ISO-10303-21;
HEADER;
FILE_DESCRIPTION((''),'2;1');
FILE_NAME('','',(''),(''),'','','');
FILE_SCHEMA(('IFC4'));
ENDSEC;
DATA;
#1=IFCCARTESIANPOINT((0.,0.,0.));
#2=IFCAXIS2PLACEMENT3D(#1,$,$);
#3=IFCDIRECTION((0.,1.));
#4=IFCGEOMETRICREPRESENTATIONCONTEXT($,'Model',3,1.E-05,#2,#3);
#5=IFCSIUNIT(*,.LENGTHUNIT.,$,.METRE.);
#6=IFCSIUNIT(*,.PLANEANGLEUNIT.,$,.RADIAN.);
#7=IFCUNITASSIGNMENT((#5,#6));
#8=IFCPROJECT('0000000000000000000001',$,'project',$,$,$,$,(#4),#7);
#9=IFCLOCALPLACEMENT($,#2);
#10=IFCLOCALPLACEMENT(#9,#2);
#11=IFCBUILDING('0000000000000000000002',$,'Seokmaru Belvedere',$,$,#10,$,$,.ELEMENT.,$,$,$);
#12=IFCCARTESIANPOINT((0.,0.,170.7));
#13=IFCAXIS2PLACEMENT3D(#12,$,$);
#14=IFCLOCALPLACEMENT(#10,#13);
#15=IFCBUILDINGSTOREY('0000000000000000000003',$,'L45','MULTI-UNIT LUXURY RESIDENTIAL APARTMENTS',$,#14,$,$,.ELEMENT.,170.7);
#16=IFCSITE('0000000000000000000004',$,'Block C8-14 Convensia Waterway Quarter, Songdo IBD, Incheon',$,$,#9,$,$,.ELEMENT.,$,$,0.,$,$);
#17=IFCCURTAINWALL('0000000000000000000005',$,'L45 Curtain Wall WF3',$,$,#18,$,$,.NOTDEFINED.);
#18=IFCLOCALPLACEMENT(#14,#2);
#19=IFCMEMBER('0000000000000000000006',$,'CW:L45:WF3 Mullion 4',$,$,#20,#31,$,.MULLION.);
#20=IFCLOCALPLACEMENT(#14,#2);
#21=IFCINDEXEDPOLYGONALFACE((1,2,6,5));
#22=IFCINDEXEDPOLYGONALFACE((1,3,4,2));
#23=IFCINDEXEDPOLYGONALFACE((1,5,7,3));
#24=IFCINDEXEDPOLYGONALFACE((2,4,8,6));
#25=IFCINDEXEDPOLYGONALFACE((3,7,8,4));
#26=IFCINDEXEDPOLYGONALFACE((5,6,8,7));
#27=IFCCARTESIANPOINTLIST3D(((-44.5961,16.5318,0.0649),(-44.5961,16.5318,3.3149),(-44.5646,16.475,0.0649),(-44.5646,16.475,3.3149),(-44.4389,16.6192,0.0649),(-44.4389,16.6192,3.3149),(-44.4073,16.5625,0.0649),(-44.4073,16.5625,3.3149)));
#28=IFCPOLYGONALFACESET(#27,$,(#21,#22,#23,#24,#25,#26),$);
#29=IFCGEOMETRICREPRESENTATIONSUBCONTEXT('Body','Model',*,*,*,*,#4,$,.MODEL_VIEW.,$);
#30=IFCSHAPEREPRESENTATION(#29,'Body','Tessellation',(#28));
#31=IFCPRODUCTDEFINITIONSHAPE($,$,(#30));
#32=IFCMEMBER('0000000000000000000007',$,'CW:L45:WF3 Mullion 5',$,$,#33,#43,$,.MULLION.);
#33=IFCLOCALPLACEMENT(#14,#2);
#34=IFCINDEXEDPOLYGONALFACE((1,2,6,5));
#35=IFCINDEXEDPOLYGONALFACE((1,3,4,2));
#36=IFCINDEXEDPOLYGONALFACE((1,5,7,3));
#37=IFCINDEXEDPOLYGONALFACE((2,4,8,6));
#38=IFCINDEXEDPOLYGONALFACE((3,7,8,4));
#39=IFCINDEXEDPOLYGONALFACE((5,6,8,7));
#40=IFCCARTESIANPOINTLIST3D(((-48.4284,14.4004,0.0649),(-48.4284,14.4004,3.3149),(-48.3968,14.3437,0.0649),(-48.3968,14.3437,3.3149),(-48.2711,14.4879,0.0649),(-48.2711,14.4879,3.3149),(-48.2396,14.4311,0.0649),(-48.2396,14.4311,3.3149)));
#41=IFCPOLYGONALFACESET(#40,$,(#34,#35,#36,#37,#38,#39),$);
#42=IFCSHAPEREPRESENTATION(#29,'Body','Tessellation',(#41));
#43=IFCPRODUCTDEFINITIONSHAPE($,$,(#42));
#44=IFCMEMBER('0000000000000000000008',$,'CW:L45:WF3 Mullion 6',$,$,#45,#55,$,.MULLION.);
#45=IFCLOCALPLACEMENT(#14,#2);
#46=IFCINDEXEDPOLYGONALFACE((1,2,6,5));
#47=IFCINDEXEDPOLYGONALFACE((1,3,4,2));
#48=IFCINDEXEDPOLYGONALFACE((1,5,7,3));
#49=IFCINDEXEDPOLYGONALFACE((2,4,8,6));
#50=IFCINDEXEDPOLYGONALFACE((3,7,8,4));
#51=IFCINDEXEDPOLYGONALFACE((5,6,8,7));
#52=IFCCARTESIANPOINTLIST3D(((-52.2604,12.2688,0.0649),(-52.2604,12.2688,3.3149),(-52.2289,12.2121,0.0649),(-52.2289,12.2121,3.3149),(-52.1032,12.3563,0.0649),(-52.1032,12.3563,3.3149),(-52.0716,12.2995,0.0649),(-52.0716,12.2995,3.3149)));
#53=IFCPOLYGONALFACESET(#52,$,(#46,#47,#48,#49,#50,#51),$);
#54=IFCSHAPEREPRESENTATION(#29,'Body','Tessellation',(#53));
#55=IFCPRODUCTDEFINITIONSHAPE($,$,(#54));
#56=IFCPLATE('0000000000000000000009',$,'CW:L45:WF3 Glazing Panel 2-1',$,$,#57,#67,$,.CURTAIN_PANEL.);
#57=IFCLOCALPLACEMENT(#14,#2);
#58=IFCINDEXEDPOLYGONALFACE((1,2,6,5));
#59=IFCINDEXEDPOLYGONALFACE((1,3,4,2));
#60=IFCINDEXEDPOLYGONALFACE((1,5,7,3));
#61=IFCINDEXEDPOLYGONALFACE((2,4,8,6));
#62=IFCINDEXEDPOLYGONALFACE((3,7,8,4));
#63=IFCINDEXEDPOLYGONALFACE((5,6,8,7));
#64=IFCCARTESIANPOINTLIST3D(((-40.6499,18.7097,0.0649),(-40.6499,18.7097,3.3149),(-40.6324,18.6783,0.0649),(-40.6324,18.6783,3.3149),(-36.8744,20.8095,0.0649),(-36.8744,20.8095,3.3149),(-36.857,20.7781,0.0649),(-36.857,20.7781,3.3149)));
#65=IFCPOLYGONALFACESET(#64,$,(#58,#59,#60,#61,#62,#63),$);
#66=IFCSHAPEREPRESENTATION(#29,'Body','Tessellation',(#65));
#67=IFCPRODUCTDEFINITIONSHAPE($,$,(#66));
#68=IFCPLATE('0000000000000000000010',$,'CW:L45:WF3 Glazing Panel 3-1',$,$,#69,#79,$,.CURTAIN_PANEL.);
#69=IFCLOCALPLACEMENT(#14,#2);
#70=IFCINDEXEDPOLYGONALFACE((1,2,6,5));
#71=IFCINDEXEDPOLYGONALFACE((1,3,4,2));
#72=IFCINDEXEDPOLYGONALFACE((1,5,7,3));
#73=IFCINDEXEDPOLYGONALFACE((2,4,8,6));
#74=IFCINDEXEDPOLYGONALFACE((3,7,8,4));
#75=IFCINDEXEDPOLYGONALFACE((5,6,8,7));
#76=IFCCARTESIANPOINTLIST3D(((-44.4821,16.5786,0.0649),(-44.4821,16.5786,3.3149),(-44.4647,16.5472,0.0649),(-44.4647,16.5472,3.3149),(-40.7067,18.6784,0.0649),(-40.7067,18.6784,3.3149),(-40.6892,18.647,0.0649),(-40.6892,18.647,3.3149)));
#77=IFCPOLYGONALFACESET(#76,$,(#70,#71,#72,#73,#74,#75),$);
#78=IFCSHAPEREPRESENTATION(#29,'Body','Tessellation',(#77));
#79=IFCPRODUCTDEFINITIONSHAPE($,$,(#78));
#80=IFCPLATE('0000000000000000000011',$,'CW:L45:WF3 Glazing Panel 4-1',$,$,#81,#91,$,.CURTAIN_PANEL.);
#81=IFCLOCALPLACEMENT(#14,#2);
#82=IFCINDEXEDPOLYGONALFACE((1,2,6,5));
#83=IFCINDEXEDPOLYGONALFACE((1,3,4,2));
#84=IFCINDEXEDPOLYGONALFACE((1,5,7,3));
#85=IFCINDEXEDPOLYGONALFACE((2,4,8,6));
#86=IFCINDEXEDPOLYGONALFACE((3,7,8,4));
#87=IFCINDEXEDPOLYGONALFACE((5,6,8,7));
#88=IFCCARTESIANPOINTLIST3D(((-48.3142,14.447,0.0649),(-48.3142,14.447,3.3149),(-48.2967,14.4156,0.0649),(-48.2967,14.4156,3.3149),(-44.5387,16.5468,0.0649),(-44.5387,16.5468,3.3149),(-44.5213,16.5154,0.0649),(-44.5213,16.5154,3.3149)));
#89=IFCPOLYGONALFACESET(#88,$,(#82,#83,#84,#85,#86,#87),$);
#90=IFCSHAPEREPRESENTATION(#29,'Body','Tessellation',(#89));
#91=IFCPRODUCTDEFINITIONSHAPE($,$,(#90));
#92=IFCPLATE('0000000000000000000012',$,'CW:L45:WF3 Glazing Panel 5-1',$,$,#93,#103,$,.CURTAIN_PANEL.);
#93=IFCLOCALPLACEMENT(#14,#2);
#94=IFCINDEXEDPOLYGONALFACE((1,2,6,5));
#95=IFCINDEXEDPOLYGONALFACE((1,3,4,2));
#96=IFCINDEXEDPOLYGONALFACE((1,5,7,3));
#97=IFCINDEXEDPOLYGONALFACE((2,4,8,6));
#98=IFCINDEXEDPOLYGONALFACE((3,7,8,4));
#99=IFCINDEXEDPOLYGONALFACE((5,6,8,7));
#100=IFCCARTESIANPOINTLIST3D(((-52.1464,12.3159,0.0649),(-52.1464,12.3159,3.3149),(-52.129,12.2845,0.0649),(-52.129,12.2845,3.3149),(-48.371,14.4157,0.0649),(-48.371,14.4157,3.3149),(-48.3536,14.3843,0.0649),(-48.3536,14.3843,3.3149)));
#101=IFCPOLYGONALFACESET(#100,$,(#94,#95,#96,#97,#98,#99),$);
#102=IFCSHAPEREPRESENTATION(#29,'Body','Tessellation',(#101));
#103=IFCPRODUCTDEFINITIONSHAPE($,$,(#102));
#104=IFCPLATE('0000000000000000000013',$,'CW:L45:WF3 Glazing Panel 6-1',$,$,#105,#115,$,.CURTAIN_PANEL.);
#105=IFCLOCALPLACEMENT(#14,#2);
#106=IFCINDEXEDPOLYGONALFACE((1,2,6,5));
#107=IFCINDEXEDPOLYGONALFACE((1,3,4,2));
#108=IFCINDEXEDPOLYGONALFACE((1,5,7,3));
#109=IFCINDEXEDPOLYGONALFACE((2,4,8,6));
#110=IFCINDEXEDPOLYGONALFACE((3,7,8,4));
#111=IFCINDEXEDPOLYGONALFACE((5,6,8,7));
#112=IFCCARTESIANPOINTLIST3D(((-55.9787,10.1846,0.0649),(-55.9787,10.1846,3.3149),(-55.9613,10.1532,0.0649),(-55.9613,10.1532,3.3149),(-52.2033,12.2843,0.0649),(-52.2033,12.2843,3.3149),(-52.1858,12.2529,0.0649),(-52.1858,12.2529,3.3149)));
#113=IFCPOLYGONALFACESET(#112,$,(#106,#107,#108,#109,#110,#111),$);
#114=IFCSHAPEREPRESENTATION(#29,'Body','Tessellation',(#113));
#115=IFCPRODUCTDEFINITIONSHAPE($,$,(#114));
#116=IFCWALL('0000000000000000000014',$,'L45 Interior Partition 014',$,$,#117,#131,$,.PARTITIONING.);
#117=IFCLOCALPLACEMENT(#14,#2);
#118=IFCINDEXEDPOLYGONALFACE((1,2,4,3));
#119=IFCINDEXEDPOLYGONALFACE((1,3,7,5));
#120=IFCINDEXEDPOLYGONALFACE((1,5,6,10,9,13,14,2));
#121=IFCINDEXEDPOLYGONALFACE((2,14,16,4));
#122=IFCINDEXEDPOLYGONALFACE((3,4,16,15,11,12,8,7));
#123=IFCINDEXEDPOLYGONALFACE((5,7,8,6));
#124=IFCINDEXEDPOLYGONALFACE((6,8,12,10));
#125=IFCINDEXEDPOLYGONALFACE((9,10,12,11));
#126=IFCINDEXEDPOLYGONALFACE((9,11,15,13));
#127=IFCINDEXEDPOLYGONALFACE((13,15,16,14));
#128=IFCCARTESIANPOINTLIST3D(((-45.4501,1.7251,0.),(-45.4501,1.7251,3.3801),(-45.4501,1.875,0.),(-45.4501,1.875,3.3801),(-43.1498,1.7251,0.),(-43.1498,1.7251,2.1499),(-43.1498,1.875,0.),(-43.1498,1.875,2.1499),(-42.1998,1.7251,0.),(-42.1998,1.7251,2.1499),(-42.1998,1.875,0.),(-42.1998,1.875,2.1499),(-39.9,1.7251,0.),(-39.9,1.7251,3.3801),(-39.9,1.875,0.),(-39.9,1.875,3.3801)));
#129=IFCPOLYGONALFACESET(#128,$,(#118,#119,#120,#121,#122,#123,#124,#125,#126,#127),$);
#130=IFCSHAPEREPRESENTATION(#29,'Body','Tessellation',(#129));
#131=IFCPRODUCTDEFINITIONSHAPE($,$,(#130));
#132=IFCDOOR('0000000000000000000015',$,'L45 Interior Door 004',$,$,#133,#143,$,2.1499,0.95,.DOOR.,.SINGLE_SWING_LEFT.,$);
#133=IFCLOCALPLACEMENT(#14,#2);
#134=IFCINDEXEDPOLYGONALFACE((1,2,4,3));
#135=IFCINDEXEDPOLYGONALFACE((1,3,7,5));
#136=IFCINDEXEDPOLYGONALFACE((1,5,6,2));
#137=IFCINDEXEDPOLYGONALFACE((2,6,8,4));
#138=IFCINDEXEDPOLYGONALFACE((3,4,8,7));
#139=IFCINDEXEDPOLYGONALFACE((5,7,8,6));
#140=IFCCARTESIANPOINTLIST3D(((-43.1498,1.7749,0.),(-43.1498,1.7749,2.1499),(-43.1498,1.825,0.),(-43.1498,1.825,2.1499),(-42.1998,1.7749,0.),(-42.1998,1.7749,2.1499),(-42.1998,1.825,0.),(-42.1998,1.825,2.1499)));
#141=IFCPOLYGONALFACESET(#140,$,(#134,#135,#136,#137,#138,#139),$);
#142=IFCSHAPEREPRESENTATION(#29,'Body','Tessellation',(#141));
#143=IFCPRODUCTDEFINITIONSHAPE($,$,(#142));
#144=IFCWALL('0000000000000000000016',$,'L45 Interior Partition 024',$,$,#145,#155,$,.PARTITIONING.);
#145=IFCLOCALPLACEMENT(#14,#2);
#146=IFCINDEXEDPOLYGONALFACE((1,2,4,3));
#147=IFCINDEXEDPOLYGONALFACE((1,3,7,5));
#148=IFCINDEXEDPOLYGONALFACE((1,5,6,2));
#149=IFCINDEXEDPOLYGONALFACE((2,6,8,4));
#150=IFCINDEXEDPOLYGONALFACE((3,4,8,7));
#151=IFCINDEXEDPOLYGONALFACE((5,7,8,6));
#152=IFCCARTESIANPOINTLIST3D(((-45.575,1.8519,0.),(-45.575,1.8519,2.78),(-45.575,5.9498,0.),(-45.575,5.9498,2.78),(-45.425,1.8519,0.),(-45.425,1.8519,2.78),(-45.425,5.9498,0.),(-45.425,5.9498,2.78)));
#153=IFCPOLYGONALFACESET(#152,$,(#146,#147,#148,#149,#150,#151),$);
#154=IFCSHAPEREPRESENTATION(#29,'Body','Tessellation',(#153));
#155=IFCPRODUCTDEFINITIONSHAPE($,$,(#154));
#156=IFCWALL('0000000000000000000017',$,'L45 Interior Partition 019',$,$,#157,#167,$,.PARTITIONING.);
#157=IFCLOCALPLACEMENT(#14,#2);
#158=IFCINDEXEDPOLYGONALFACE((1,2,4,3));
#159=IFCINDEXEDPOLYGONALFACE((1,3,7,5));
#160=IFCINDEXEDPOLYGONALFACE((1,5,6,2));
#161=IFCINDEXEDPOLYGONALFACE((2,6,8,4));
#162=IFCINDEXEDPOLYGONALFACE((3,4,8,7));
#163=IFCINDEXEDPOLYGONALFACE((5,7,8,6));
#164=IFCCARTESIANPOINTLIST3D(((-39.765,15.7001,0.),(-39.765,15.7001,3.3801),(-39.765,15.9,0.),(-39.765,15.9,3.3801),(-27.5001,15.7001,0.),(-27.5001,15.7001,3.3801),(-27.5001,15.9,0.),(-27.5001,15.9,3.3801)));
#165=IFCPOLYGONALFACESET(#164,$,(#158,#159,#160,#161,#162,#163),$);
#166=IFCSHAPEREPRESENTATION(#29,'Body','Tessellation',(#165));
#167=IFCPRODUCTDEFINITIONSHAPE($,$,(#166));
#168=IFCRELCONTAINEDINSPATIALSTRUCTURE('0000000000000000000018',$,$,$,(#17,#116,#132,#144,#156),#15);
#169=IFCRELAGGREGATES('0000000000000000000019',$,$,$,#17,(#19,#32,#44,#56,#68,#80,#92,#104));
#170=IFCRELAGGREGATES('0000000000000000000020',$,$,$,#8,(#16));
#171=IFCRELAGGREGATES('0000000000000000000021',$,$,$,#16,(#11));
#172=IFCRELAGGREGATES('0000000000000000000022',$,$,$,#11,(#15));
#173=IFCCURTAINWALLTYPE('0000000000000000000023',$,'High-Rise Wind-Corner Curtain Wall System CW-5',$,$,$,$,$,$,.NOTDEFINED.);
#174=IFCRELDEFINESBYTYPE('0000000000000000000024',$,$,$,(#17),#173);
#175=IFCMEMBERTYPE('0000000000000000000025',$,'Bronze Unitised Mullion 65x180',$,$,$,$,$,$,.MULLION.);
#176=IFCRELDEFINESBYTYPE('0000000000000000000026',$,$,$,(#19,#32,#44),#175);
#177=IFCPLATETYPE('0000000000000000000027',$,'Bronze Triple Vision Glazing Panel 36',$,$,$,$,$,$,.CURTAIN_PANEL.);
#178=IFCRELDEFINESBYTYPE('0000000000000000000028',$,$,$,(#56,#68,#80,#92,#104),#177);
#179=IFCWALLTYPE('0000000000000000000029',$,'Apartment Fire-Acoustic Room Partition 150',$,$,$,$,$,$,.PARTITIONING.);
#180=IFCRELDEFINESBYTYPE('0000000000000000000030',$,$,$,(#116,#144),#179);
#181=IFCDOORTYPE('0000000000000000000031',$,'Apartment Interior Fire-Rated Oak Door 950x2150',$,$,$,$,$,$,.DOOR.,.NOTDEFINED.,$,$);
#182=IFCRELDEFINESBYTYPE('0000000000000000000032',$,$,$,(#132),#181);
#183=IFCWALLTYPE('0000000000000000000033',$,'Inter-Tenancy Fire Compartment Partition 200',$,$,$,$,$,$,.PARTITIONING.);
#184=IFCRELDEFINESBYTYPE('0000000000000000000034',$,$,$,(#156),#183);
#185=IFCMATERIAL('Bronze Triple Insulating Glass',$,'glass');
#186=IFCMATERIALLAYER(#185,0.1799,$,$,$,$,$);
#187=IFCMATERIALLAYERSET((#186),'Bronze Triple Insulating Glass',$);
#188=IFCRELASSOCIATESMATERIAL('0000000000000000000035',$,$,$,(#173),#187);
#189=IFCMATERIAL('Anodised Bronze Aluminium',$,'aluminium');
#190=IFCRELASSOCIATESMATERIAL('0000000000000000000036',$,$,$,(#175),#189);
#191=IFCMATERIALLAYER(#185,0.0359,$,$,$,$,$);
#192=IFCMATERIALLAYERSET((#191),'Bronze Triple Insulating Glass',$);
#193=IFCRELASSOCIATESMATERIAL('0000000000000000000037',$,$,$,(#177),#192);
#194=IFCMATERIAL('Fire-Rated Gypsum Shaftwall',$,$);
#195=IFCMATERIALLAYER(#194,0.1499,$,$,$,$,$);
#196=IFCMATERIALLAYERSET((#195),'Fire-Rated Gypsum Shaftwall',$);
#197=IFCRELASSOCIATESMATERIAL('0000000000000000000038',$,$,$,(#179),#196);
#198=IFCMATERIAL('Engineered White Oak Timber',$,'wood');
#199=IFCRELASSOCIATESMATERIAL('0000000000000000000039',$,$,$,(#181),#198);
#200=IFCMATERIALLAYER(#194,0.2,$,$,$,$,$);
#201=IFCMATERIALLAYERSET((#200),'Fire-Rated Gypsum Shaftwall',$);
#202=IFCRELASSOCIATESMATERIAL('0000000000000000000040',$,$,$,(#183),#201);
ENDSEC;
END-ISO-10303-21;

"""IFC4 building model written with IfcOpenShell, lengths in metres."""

from ifc_helpers import new_model, si_unit, direction, frame, frame_2d, origin, origin_2d, place, context, subcontext, project, spatial, rectangle, extrude, source, transform, mapped, material, layer, layer_set, material_profile, profile_set, type_object, type_shapes, element, fill, aggregate, save


model = new_model("IFC4")

# Units and contexts
model_context = context("Model", 3, precision=1e-05, world=origin(), true_north=direction((0.0, 1.0)))
body_context = subcontext(model_context, "Body", "Model", "MODEL_VIEW")
ifc_project = project(units=[si_unit("LENGTHUNIT", "METRE"), si_unit("PLANEANGLEUNIT", "RADIAN")], contexts=[model_context])

# Site, building, storey
site_placement = place(None, origin())
site = spatial("IfcSite", under=ifc_project, at=site_placement, Name="Block C8-14 Convensia Waterway Quarter, Songdo IBD, Incheon", CompositionType="ELEMENT", RefElevation=0.0)
building_placement = place(site_placement, origin())
building = spatial("IfcBuilding", under=site, at=building_placement, Name="Seokmaru Belvedere", CompositionType="ELEMENT")
storey_placement = place(building_placement, frame((0.0, 0.0, 170.7)))
storey = spatial("IfcBuildingStorey", under=building, at=storey_placement, Name="L45", Description="MULTI-UNIT LUXURY RESIDENTIAL APARTMENTS", CompositionType="ELEMENT", Elevation=170.7)

# Curtain wall, members, plates
ifc_material_1 = material(Name="Bronze Triple Insulating Glass", Category="glass")
ifc_layer_1 = layer(ifc_material_1, 0.1799)
ifc_layer_set_1 = layer_set([ifc_layer_1], Name="Bronze Triple Insulating Glass")
curtain_wall_type = type_object("IfcCurtainWallType", Name="High-Rise Wind-Corner Curtain Wall System CW-5", PredefinedType="NOTDEFINED", material=ifc_layer_set_1)
curtain_wall_placement = place(storey_placement, origin())
curtain_wall = element("IfcCurtainWall", 1, at=curtain_wall_placement, inside=storey, type_object=curtain_wall_type, Name="L45 Curtain Wall WF3", PredefinedType="NOTDEFINED")
ifc_material_2 = material(Name="Anodised Bronze Aluminium", Category="aluminium")
ifc_material_profile_1 = material_profile(ifc_material_2, rectangle(XDim=0.0649, YDim=0.1799, at=origin_2d()), Name="CW-M-65x180")
ifc_profile_set_1 = profile_set([ifc_material_profile_1], Name="Anodised Bronze Aluminium")
member_type = type_object("IfcMemberType", Name="Bronze Unitised Mullion 65x180", PredefinedType="MULLION", material=ifc_profile_set_1)
shared_shape_1 = source(origin(), body_context, "Body", "SweptSolid", [
    extrude(rectangle(XDim=0.0649, YDim=0.1799, at=origin_2d()), origin(), (0.0, 0.0, 1.0), 3.25),
])
type_shapes(member_type, [shared_shape_1])
member_1_placement = place(storey_placement, frame((-44.5017, 16.5471, 0.0649), z_axis=(0.0, 0.0, 1.0), x_axis=(0.486047, -0.873933, 0.0)))
member_1 = element("IfcMember", 2, at=member_1_placement, type_object=member_type, Name="CW:L45:WF3 Mullion 4", PredefinedType="MULLION", context=body_context, shape_type="MappedRepresentation", body=[
    mapped(shared_shape_1, transform((0.0, 0.0, 0.0), scale=1.0)),
])
member_2_placement = place(storey_placement, frame((-48.334, 14.4158, 0.0649), z_axis=(0.0, 0.0, 1.0), x_axis=(0.486047, -0.873933, 0.0)))
member_2 = element("IfcMember", 3, at=member_2_placement, type_object=member_type, Name="CW:L45:WF3 Mullion 5", PredefinedType="MULLION", context=body_context, shape_type="MappedRepresentation", body=[
    mapped(shared_shape_1, transform((0.0, 0.0, 0.0), scale=1.0)),
])
member_3_placement = place(storey_placement, frame((-52.166, 12.2842, 0.0649), z_axis=(0.0, 0.0, 1.0), x_axis=(0.486047, -0.873933, 0.0)))
member_3 = element("IfcMember", 4, at=member_3_placement, type_object=member_type, Name="CW:L45:WF3 Mullion 6", PredefinedType="MULLION", context=body_context, shape_type="MappedRepresentation", body=[
    mapped(shared_shape_1, transform((0.0, 0.0, 0.0), scale=1.0)),
])
ifc_layer_2 = layer(ifc_material_1, 0.0359)
ifc_layer_set_2 = layer_set([ifc_layer_2], Name="Bronze Triple Insulating Glass")
plate_type = type_object("IfcPlateType", Name="Bronze Triple Vision Glazing Panel 36", PredefinedType="CURTAIN_PANEL", material=ifc_layer_set_2)
shared_shape_2 = source(origin(), body_context, "Body", "SweptSolid", [
    extrude(rectangle(XDim=4.3201, YDim=0.0359, at=origin_2d()), origin(), (0.0, 0.0, 1.0), 3.25),
])
type_shapes(plate_type, [shared_shape_2])
plate_1_placement = place(storey_placement, frame((-38.7534, 19.7439, 0.0649), z_axis=(0.0, 0.0, 1.0), x_axis=(-0.873933, -0.486047, 0.0)))
plate_1 = element("IfcPlate", 5, at=plate_1_placement, type_object=plate_type, Name="CW:L45:WF3 Glazing Panel 2-1", PredefinedType="CURTAIN_PANEL", context=body_context, shape_type="MappedRepresentation", body=[
    mapped(shared_shape_2, transform((0.0, 0.0, 0.0), scale=1.0)),
])
plate_2_placement = place(storey_placement, frame((-42.5857, 17.6128, 0.0649), z_axis=(0.0, 0.0, 1.0), x_axis=(-0.873933, -0.486047, 0.0)))
plate_2 = element("IfcPlate", 6, at=plate_2_placement, type_object=plate_type, Name="CW:L45:WF3 Glazing Panel 3-1", PredefinedType="CURTAIN_PANEL", context=body_context, shape_type="MappedRepresentation", body=[
    mapped(shared_shape_2, transform((0.0, 0.0, 0.0), scale=1.0)),
])
plate_3_placement = place(storey_placement, frame((-46.4177, 15.4812, 0.0649), z_axis=(0.0, 0.0, 1.0), x_axis=(-0.873933, -0.486047, 0.0)))
plate_3 = element("IfcPlate", 7, at=plate_3_placement, type_object=plate_type, Name="CW:L45:WF3 Glazing Panel 4-1", PredefinedType="CURTAIN_PANEL", context=body_context, shape_type="MappedRepresentation", body=[
    mapped(shared_shape_2, transform((0.0, 0.0, 0.0), scale=1.0)),
])
plate_4_placement = place(storey_placement, frame((-50.25, 13.3501, 0.0649), z_axis=(0.0, 0.0, 1.0), x_axis=(-0.873933, -0.486047, 0.0)))
plate_4 = element("IfcPlate", 8, at=plate_4_placement, type_object=plate_type, Name="CW:L45:WF3 Glazing Panel 5-1", PredefinedType="CURTAIN_PANEL", context=body_context, shape_type="MappedRepresentation", body=[
    mapped(shared_shape_2, transform((0.0, 0.0, 0.0), scale=1.0)),
])
plate_5_placement = place(storey_placement, frame((-54.0823, 11.2188, 0.0649), z_axis=(0.0, 0.0, 1.0), x_axis=(-0.873933, -0.486047, 0.0)))
plate_5 = element("IfcPlate", 9, at=plate_5_placement, type_object=plate_type, Name="CW:L45:WF3 Glazing Panel 6-1", PredefinedType="CURTAIN_PANEL", context=body_context, shape_type="MappedRepresentation", body=[
    mapped(shared_shape_2, transform((0.0, 0.0, 0.0), scale=1.0)),
])
aggregate(curtain_wall, [member_1, member_2, member_3, plate_1, plate_2, plate_3, plate_4, plate_5])

# Wall, opening, door
ifc_material_3 = material(Name="Fire-Rated Gypsum Shaftwall")
ifc_layer_3 = layer(ifc_material_3, 0.1499)
ifc_layer_set_3 = layer_set([ifc_layer_3], Name="Fire-Rated Gypsum Shaftwall")
wall_type_1 = type_object("IfcWallType", Name="Apartment Fire-Acoustic Room Partition 150", PredefinedType="PARTITIONING", material=ifc_layer_set_3)
wall_1_placement = place(storey_placement, frame((-45.45, 1.8, 0.0), z_axis=(0.0, 0.0, 1.0), x_axis=(1.0, 0.0, 0.0)))
wall_1 = element("IfcWall", 10, at=wall_1_placement, inside=storey, type_object=wall_type_1, Name="L45 Interior Partition 014", PredefinedType="PARTITIONING", context=body_context, shape_type="SweptSolid", body=[
    extrude(rectangle(XDim=5.55, YDim=0.1499, at=frame_2d((2.7749, 0.0))), origin(), (0.0, 0.0, 1.0), 3.3801),
])
opening_placement = place(wall_1_placement, frame((2.3, 0.0, 0.0)))
opening = element("IfcOpeningElement", 11, at=opening_placement, cuts=wall_1, PredefinedType="OPENING", context=body_context, shape_type="SweptSolid", body=[
    extrude(rectangle(XDim=0.95, YDim=2.1499, at=frame_2d((0.4751, 1.075))), frame((0.0, 0.085, 0.0), z_axis=(0.0, -1.0, 0.0), x_axis=(1.0, 0.0, 0.0)), (0.0, 0.0, 1.0), 0.1699),
])
ifc_material_4 = material(Name="Engineered White Oak Timber", Category="wood")
door_type = type_object("IfcDoorType", Name="Apartment Interior Fire-Rated Oak Door 950x2150", OperationType="NOTDEFINED", PredefinedType="DOOR", material=ifc_material_4)
shared_shape_3 = source(origin(), body_context, "Body", "SweptSolid", [
    extrude(rectangle(XDim=0.95, YDim=2.1499, at=frame_2d((0.4751, 1.075))), frame((0.0, 0.0249, 0.0), z_axis=(0.0, -1.0, 0.0), x_axis=(1.0, 0.0, 0.0)), (0.0, 0.0, 1.0), 0.05),
])
type_shapes(door_type, [shared_shape_3])
door_placement = place(opening_placement, origin())
door = element("IfcDoor", 12, at=door_placement, inside=storey, type_object=door_type, Name="L45 Interior Door 004", OperationType="SINGLE_SWING_LEFT", OverallHeight=2.1499, OverallWidth=0.95, PredefinedType="DOOR", context=body_context, shape_type="MappedRepresentation", body=[
    mapped(shared_shape_3, transform((0.0, 0.0, 0.0), scale=1.0)),
])
fill(opening, door)

# Walls
wall_2_placement = place(storey_placement, frame((-45.5, 1.8521, 0.0), z_axis=(0.0, 0.0, 1.0), x_axis=(0.0, 1.0, 0.0)))
element("IfcWall", 13, at=wall_2_placement, inside=storey, type_object=wall_type_1, Name="L45 Interior Partition 024", PredefinedType="PARTITIONING", context=body_context, shape_type="SweptSolid", body=[
    extrude(rectangle(XDim=4.0979, YDim=0.1499, at=frame_2d((2.0488, 0.0))), origin(), (0.0, 0.0, 1.0), 2.78),
])
ifc_layer_4 = layer(ifc_material_3, 0.2)
ifc_layer_set_4 = layer_set([ifc_layer_4], Name="Fire-Rated Gypsum Shaftwall")
wall_type_2 = type_object("IfcWallType", Name="Inter-Tenancy Fire Compartment Partition 200", PredefinedType="PARTITIONING", material=ifc_layer_set_4)
wall_3_placement = place(storey_placement, frame((-39.7649, 15.8, 0.0), z_axis=(0.0, 0.0, 1.0), x_axis=(1.0, 0.0, 0.0)))
element("IfcWall", 14, at=wall_3_placement, inside=storey, type_object=wall_type_2, Name="L45 Interior Partition 019", PredefinedType="PARTITIONING", context=body_context, shape_type="SweptSolid", body=[
    extrude(rectangle(XDim=12.2649, YDim=0.2, at=frame_2d((6.1323, 0.0))), origin(), (0.0, 0.0, 1.0), 3.3801),
])

save(model, "model.ifc")
